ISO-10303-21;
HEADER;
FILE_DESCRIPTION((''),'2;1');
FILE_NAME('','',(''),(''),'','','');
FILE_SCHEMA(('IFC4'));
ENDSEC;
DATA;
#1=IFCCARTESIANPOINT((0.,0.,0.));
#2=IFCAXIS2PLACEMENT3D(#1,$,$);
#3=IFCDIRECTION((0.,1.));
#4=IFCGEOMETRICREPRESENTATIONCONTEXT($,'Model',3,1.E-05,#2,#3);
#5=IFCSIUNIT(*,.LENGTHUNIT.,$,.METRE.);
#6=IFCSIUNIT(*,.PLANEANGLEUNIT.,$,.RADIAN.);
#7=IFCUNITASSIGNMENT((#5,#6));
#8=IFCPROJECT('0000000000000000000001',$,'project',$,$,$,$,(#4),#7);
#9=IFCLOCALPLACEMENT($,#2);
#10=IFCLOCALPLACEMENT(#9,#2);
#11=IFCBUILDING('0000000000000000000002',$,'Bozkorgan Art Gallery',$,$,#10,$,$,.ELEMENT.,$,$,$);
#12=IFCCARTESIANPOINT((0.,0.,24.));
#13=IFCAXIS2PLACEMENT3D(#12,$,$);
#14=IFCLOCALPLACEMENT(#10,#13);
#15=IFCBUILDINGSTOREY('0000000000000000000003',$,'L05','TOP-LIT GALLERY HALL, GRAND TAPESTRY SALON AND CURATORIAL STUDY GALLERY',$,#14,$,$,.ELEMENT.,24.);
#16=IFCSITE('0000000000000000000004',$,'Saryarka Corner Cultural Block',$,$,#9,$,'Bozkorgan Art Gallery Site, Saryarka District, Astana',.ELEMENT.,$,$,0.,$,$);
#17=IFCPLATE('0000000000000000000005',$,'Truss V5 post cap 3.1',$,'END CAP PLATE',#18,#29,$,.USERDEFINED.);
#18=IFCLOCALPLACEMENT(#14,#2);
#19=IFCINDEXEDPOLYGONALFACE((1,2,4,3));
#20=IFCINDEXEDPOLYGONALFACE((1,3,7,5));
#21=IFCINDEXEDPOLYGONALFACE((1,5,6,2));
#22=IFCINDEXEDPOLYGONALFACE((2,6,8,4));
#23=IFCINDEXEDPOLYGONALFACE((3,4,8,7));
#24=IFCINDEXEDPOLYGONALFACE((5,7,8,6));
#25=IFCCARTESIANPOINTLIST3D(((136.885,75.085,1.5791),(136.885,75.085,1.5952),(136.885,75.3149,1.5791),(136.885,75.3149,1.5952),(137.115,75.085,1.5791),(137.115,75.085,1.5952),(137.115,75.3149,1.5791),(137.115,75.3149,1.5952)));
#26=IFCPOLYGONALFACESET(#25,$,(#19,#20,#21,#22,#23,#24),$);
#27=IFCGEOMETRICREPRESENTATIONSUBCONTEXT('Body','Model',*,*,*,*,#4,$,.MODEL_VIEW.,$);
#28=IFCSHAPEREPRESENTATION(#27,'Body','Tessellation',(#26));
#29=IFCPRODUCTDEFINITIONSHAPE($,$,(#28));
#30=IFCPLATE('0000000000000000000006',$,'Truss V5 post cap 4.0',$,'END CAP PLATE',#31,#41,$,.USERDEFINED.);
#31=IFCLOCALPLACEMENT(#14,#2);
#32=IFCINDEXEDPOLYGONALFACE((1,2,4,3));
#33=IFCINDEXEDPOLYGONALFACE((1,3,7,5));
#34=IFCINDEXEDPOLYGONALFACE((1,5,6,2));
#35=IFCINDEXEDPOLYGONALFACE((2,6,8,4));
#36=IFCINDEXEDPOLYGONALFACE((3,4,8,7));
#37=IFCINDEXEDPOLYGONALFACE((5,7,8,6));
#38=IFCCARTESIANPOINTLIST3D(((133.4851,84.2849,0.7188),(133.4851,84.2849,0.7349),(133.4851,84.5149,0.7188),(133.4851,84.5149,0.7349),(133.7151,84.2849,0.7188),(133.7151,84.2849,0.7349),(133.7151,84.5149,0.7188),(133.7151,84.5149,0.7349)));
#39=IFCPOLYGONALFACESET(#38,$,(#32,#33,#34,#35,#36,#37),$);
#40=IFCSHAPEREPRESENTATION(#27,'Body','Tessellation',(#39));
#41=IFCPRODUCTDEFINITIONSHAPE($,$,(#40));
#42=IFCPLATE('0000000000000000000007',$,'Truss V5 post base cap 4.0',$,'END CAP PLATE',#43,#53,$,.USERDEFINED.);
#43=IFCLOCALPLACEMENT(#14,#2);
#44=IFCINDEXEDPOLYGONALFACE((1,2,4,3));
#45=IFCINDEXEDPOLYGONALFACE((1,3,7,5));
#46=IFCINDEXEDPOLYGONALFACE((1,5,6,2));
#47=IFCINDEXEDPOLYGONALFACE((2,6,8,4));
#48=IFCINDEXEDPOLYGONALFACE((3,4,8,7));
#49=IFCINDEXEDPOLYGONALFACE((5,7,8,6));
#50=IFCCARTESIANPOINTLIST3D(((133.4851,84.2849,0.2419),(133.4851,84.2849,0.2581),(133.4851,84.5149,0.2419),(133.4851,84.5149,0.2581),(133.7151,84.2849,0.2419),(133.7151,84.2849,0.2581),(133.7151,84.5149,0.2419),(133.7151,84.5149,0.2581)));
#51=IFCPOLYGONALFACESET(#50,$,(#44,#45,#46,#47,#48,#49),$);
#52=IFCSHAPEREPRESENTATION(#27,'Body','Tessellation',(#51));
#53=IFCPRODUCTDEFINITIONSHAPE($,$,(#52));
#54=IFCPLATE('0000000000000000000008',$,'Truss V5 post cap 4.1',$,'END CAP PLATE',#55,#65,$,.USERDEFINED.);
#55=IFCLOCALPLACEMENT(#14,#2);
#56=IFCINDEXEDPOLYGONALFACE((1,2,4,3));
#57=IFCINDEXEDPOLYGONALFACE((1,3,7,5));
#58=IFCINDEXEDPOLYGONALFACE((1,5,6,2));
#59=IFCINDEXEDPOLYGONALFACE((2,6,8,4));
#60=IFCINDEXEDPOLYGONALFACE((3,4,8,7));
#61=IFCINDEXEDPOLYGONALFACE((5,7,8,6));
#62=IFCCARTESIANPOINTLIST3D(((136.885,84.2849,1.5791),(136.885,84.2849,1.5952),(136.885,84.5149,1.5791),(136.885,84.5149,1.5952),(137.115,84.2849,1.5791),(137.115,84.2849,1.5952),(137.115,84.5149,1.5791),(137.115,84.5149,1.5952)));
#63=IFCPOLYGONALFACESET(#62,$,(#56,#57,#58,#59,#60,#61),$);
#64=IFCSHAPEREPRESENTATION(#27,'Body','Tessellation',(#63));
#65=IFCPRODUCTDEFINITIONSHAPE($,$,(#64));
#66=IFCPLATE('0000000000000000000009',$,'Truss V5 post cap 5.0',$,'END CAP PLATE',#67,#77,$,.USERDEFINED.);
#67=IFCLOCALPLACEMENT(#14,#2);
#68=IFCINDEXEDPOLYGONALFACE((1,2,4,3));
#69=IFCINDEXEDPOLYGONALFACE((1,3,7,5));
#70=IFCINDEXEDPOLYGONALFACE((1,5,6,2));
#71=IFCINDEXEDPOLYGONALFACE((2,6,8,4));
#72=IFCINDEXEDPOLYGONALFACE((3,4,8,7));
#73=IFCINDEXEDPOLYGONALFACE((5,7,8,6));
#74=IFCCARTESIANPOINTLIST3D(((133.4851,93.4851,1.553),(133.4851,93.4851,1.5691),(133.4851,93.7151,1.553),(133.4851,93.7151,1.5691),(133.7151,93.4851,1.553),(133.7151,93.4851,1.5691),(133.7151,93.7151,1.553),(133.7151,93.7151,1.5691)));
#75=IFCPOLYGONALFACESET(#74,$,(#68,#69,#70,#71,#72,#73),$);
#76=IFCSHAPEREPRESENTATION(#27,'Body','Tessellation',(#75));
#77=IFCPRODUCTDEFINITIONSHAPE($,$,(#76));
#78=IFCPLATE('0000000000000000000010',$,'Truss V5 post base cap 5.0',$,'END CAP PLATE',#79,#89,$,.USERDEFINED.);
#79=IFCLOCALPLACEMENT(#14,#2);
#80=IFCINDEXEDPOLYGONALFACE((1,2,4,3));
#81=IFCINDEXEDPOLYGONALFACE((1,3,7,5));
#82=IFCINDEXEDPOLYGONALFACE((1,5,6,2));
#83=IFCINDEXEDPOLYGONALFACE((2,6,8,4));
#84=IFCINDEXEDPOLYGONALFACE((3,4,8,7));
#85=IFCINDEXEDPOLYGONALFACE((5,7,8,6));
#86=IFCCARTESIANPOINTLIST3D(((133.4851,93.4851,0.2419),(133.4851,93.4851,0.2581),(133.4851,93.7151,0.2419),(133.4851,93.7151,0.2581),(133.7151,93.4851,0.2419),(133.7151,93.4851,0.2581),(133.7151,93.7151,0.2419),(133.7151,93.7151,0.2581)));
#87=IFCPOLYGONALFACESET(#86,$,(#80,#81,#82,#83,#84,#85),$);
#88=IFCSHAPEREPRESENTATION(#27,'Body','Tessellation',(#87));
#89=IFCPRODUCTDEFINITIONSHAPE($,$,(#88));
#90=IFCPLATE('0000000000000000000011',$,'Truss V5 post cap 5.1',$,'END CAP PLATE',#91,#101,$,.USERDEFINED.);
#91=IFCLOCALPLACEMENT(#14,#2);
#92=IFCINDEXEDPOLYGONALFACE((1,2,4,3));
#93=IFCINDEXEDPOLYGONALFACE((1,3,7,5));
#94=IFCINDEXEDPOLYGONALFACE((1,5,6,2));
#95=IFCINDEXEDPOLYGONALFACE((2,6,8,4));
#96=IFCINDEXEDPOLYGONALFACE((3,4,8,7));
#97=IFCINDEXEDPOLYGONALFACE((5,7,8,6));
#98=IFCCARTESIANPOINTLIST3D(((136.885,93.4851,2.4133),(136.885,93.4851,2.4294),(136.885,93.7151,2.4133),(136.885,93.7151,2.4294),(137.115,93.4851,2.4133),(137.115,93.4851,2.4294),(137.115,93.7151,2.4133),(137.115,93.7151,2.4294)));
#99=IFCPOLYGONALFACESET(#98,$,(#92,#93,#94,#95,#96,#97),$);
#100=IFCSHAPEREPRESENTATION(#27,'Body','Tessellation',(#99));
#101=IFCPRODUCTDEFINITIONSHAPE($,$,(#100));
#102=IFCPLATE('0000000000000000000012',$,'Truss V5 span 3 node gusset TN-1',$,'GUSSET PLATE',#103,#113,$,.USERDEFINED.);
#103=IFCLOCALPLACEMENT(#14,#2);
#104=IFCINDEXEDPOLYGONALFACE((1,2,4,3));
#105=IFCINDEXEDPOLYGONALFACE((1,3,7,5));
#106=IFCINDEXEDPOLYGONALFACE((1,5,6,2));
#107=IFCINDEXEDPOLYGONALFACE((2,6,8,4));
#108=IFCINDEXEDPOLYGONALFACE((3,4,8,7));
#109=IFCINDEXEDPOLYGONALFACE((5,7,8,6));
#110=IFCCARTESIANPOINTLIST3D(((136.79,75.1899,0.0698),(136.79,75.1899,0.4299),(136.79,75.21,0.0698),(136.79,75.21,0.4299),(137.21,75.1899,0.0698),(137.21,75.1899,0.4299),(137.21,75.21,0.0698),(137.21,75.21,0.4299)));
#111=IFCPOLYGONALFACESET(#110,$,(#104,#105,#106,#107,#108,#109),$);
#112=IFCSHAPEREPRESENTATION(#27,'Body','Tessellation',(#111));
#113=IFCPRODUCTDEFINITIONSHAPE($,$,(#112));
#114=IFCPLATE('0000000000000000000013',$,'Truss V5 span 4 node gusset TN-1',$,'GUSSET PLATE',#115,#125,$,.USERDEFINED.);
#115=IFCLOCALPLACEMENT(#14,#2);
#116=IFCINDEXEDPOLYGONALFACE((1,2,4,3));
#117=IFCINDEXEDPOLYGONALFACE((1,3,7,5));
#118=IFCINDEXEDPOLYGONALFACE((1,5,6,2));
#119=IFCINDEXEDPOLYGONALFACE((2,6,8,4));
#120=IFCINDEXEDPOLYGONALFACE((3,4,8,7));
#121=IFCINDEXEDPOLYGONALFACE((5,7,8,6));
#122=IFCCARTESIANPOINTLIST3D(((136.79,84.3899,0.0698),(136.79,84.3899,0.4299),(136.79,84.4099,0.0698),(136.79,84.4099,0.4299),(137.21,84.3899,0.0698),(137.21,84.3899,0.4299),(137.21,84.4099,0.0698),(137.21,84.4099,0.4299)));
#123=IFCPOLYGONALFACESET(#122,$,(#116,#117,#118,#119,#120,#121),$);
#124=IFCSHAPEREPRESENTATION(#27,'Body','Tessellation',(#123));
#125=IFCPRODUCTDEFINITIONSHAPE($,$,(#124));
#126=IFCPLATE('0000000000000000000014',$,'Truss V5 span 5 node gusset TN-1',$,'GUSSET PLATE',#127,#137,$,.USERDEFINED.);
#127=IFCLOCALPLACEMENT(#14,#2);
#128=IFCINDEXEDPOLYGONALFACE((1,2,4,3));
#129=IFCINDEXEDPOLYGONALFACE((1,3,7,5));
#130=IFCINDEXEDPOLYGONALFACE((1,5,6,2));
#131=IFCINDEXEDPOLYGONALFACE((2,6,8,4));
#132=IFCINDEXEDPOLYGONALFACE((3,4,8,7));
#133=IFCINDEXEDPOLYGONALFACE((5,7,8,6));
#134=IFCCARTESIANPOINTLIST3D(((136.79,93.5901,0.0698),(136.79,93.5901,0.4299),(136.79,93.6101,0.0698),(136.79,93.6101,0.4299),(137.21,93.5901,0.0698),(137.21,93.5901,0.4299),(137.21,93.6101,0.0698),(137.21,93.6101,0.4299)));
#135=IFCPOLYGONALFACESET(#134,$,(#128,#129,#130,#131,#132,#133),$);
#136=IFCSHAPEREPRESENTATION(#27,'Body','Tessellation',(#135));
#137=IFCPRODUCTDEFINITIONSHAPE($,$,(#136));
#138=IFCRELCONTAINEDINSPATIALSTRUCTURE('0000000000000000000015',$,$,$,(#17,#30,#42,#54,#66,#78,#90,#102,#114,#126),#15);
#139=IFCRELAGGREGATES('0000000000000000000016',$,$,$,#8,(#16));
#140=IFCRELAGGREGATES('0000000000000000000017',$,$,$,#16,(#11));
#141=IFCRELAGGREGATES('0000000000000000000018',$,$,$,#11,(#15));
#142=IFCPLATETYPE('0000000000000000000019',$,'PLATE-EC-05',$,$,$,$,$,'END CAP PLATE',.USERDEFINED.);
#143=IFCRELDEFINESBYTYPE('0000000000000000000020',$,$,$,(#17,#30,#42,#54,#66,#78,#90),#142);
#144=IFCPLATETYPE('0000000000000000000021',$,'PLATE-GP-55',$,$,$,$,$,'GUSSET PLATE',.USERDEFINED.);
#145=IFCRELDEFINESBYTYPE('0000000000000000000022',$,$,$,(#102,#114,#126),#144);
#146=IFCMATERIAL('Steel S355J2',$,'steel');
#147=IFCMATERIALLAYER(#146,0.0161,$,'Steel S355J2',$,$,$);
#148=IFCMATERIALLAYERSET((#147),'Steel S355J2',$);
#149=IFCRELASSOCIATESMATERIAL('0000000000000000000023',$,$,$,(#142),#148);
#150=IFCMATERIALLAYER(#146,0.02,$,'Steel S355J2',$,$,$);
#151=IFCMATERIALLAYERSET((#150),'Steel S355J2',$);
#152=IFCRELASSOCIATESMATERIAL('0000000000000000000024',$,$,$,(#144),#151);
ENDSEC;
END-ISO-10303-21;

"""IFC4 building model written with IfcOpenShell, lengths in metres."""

from ifc_helpers import new_model, si_unit, direction, frame, origin, origin_2d, place, context, subcontext, project, spatial, rectangle, extrude, material, layer, layer_set, type_object, element, save


model = new_model("IFC4")

# Units and contexts
model_context = context("Model", 3, precision=1e-05, world=origin(), true_north=direction((0.0, 1.0)))
body_context = subcontext(model_context, "Body", "Model", "MODEL_VIEW")
ifc_project = project(units=[si_unit("LENGTHUNIT", "METRE"), si_unit("PLANEANGLEUNIT", "RADIAN")], contexts=[model_context])

# Site, building, storey
site_placement = place(None, origin())
site = spatial("IfcSite", under=ifc_project, at=site_placement, Name="Saryarka Corner Cultural Block", LongName="Bozkorgan Art Gallery Site, Saryarka District, Astana", CompositionType="ELEMENT", RefElevation=0.0)
building_placement = place(site_placement, origin())
building = spatial("IfcBuilding", under=site, at=building_placement, Name="Bozkorgan Art Gallery", CompositionType="ELEMENT")
storey_placement = place(building_placement, frame((0.0, 0.0, 24.0)))
storey = spatial("IfcBuildingStorey", under=building, at=storey_placement, Name="L05", Description="TOP-LIT GALLERY HALL, GRAND TAPESTRY SALON AND CURATORIAL STUDY GALLERY", CompositionType="ELEMENT", Elevation=24.0)

# Shared definitions
ifc_material = material(Name="Steel S355J2", Category="steel")

# Plates
ifc_layer_1 = layer(ifc_material, 0.0161, Name="Steel S355J2")
ifc_layer_set_1 = layer_set([ifc_layer_1], Name="Steel S355J2")
plate_type_1 = type_object("IfcPlateType", Name="PLATE-EC-05", ElementType="END CAP PLATE", PredefinedType="USERDEFINED", material=ifc_layer_set_1)
for number, where, z_axis, x_axis, name in (
    (1, (137.0, 75.2, 1.5791), (0.0, 0.0, 1.0), (1.0, 0.0, 0.0), "Truss V5 post cap 3.1"),
    (2, (133.6001, 84.3999, 0.7188), (0.0, 0.0, 1.0), (1.0, 0.0, 0.0), "Truss V5 post cap 4.0"),
    (3, (133.6001, 84.3999, 0.2419), (0.0, 0.0, 1.0), (1.0, 0.0, 0.0), "Truss V5 post base cap 4.0"),
    (4, (137.0, 84.3999, 1.5791), (0.0, 0.0, 1.0), (1.0, 0.0, 0.0), "Truss V5 post cap 4.1"),
    (5, (133.6001, 93.6001, 1.553), (0.0, 0.0, 1.0), (1.0, 0.0, 0.0), "Truss V5 post cap 5.0"),
    (6, (133.6001, 93.6001, 0.2419), (0.0, 0.0, 1.0), (1.0, 0.0, 0.0), "Truss V5 post base cap 5.0"),
    (7, (137.0, 93.6001, 2.4133), (0.0, 0.0, 1.0), (1.0, 0.0, 0.0), "Truss V5 post cap 5.1"),
):
    element("IfcPlate", number, at=place(storey_placement, frame(where, z_axis=z_axis, x_axis=x_axis)), inside=storey, type_object=plate_type_1, Name=name, ObjectType="END CAP PLATE", PredefinedType="USERDEFINED", context=body_context, shape_type="SweptSolid", body=[
        extrude(rectangle(XDim=0.23, YDim=0.23, at=origin_2d()), origin(), (0.0, 0.0, 1.0), 0.0161),
    ])
ifc_layer_2 = layer(ifc_material, 0.02, Name="Steel S355J2")
ifc_layer_set_2 = layer_set([ifc_layer_2], Name="Steel S355J2")
plate_type_2 = type_object("IfcPlateType", Name="PLATE-GP-55", ElementType="GUSSET PLATE", PredefinedType="USERDEFINED", material=ifc_layer_set_2)
for number, where, z_axis, x_axis, name in (
    (8, (137.0, 75.2, 0.0698), (0.0, 0.0, 1.0), (1.0, 0.0, 0.0), "Truss V5 span 3 node gusset TN-1"),
    (9, (137.0, 84.3999, 0.0698), (0.0, 0.0, 1.0), (1.0, 0.0, 0.0), "Truss V5 span 4 node gusset TN-1"),
    (10, (137.0, 93.6001, 0.0698), (0.0, 0.0, 1.0), (1.0, 0.0, 0.0), "Truss V5 span 5 node gusset TN-1"),
):
    element("IfcPlate", number, at=place(storey_placement, frame(where, z_axis=z_axis, x_axis=x_axis)), inside=storey, type_object=plate_type_2, Name=name, ObjectType="GUSSET PLATE", PredefinedType="USERDEFINED", context=body_context, shape_type="SweptSolid", body=[
        extrude(rectangle(XDim=0.4199, YDim=0.02, at=origin_2d()), origin(), (0.0, 0.0, 1.0), 0.3601),
    ])

save(model, "model.ifc")
